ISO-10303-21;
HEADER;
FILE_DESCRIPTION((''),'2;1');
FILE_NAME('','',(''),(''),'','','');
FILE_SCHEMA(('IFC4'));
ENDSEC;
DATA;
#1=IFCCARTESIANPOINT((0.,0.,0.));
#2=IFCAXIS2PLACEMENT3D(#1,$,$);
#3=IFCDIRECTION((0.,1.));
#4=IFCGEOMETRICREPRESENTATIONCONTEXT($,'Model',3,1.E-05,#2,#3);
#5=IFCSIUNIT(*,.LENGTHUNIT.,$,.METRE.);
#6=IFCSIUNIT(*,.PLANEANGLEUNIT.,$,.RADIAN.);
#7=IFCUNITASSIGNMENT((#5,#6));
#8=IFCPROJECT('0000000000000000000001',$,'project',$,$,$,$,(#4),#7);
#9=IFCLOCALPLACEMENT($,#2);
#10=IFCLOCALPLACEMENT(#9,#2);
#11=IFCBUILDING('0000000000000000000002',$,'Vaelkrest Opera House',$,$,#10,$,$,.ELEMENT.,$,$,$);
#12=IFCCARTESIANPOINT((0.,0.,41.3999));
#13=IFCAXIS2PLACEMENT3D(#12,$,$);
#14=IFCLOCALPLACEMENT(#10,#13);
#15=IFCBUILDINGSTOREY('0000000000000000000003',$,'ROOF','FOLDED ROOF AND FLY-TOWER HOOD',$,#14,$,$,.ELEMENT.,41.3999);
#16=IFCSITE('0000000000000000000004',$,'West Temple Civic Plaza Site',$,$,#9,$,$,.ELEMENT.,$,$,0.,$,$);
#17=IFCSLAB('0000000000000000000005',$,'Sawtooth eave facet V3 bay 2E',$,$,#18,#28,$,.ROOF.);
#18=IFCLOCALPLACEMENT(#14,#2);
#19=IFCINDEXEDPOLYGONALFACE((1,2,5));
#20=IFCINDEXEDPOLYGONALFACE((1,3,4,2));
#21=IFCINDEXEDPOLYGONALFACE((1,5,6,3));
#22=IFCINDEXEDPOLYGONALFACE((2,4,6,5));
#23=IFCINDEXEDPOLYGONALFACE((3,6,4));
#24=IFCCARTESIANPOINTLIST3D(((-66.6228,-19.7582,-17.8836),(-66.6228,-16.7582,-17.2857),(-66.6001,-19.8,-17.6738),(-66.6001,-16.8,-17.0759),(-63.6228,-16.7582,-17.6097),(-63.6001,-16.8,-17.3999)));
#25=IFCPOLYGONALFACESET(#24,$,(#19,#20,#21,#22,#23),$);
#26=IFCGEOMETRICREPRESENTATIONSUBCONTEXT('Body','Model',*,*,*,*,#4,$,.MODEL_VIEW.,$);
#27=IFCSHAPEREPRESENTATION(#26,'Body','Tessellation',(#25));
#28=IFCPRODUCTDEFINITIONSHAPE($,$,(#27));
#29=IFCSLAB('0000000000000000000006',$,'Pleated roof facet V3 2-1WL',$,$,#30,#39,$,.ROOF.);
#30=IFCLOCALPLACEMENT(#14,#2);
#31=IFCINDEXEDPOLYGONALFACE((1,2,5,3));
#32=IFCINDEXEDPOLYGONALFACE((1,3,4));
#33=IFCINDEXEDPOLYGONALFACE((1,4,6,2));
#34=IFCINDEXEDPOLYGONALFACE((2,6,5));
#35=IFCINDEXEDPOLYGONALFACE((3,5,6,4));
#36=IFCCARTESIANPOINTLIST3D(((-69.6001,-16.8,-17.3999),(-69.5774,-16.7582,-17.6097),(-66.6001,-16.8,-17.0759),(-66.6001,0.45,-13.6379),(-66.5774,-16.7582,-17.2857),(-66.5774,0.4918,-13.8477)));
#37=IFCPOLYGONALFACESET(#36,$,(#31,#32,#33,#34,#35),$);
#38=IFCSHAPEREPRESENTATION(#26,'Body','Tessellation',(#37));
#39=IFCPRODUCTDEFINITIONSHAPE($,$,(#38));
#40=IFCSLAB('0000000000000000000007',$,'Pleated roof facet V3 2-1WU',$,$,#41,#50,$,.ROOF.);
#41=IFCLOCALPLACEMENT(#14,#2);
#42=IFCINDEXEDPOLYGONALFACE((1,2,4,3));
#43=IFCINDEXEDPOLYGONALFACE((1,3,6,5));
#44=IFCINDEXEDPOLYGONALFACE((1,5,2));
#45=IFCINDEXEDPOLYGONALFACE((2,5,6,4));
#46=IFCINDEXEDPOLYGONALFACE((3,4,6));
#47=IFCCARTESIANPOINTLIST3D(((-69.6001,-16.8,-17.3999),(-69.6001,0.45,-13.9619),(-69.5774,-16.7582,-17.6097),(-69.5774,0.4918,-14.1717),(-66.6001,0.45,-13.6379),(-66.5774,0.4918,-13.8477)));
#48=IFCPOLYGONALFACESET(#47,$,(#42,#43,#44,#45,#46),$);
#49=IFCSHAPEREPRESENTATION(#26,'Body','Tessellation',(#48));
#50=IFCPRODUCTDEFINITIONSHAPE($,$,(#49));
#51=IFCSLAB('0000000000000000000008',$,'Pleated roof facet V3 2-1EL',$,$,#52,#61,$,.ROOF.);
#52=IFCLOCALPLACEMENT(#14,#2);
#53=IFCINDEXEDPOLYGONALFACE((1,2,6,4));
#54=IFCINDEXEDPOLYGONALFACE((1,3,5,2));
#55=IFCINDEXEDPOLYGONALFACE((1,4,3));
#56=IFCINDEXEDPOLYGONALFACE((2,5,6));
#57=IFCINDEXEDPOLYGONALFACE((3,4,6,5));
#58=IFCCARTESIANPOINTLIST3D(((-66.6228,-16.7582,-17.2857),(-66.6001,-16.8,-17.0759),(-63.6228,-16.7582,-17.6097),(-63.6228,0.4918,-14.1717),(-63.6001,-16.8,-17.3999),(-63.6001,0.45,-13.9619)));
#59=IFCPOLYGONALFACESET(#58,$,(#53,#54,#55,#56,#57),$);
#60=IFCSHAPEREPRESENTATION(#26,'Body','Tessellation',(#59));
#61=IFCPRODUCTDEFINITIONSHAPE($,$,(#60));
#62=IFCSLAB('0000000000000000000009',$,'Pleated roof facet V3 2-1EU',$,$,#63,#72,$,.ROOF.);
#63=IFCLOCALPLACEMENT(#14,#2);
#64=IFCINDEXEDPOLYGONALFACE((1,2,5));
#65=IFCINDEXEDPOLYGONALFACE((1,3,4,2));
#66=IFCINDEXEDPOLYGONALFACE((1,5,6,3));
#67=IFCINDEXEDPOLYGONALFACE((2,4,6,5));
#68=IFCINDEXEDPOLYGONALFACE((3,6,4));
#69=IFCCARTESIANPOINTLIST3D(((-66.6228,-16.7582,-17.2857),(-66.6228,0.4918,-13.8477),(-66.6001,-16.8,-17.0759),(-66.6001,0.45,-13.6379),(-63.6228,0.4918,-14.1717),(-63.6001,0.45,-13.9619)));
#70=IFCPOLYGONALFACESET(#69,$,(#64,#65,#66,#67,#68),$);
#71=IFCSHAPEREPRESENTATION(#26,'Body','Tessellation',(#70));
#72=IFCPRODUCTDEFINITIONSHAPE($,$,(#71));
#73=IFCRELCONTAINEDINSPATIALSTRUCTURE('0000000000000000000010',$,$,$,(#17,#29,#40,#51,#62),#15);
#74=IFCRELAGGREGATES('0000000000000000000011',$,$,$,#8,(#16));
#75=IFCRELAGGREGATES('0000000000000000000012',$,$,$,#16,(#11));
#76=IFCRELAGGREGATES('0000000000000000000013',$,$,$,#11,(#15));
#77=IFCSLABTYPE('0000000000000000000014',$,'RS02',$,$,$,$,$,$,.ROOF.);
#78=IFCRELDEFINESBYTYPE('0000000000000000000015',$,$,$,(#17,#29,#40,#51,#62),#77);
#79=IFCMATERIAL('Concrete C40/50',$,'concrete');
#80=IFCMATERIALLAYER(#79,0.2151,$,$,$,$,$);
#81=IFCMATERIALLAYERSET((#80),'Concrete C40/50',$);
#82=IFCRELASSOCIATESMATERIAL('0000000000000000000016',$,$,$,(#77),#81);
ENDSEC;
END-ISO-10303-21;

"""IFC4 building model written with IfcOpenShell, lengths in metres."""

from ifc_helpers import new_model, si_unit, direction, frame, origin, place, context, subcontext, project, spatial, polyline, outline, extrude, material, layer, layer_set, type_object, element, save


model = new_model("IFC4")

# Units and contexts
model_context = context("Model", 3, precision=1e-05, world=origin(), true_north=direction((0.0, 1.0)))
body_context = subcontext(model_context, "Body", "Model", "MODEL_VIEW")
ifc_project = project(units=[si_unit("LENGTHUNIT", "METRE"), si_unit("PLANEANGLEUNIT", "RADIAN")], contexts=[model_context])

# Site, building, storey
site_placement = place(None, origin())
site = spatial("IfcSite", under=ifc_project, at=site_placement, Name="West Temple Civic Plaza Site", CompositionType="ELEMENT", RefElevation=0.0)
building_placement = place(site_placement, origin())
building = spatial("IfcBuilding", under=site, at=building_placement, Name="Vaelkrest Opera House", CompositionType="ELEMENT")
storey_placement = place(building_placement, frame((0.0, 0.0, 41.3999)))
storey = spatial("IfcBuildingStorey", under=building, at=storey_placement, Name="ROOF", Description="FOLDED ROOF AND FLY-TOWER HOOD", CompositionType="ELEMENT", Elevation=41.3999)

# Slabs
ifc_material_1 = material(Name="Concrete C40/50", Category="concrete")
ifc_layer_1 = layer(ifc_material_1, 0.2151)
ifc_layer_set_1 = layer_set([ifc_layer_1], Name="Concrete C40/50")
slab_type = type_object("IfcSlabType", Name="RS02", PredefinedType="ROOF", material=ifc_layer_set_1)
slab_1_placement = place(storey_placement, frame((-66.6001, -16.8, -17.0759), z_axis=(0.10532, -0.194369, 0.975258), x_axis=(0.0, -0.980712, -0.195456)))
element("IfcSlab", 1, at=slab_1_placement, inside=storey, type_object=slab_type, Name="Sawtooth eave facet V3 bay 2E", PredefinedType="ROOF", context=body_context, shape_type="SweptSolid", body=[
    extrude(outline(polyline([(0.0, 0.0), (3.059, 0.0), (0.0633, 3.0168), (0.0, 0.0)])), origin(), (0.0, 0.0, -1.0), 0.2151),
])
slab_2_placement = place(storey_placement, frame((-69.6001, -16.8, -17.3999), z_axis=(-0.10532, -0.194372, 0.975257), x_axis=(0.994219, 0.0, 0.107367)))
element("IfcSlab", 2, at=slab_2_placement, inside=storey, type_object=slab_type, Name="Pleated roof facet V3 2-1WL", PredefinedType="ROOF", context=body_context, shape_type="SweptSolid", body=[
    extrude(outline(polyline([(0.0, 0.0), (3.0174, 0.0), (3.3866, 17.5854), (0.0, 0.0)])), origin(), (0.0, 0.0, -1.0), 0.2151),
])
slab_3_placement = place(storey_placement, frame((-69.6001, -16.8, -17.3999), z_axis=(-0.10532, -0.194372, 0.975257), x_axis=(0.167518, 0.963229, 0.210066)))
element("IfcSlab", 3, at=slab_3_placement, inside=storey, type_object=slab_type, Name="Pleated roof facet V3 2-1WU", PredefinedType="ROOF", context=body_context, shape_type="SweptSolid", body=[
    extrude(outline(polyline([(0.0, 0.0), (17.9085, 0.0), (17.3379, 2.963), (0.0, 0.0)])), origin(), (0.0, 0.0, -1.0), 0.2151),
])
slab_4_placement = place(storey_placement, frame((-66.6001, -16.8, -17.0759), z_axis=(0.10532, -0.194372, 0.975257), x_axis=(0.994219, 0.0, -0.107367)))
element("IfcSlab", 4, at=slab_4_placement, inside=storey, type_object=slab_type, Name="Pleated roof facet V3 2-1EL", PredefinedType="ROOF", context=body_context, shape_type="SweptSolid", body=[
    extrude(outline(polyline([(0.0, 0.0), (3.0174, 0.0), (2.6483, 17.5854), (0.0, 0.0)])), origin(), (0.0, 0.0, -1.0), 0.2151),
])
slab_5_placement = place(storey_placement, frame((-66.6001, -16.8, -17.0759), z_axis=(0.10532, -0.194372, 0.975257), x_axis=(0.168694, 0.96999, 0.175105)))
element("IfcSlab", 5, at=slab_5_placement, inside=storey, type_object=slab_type, Name="Pleated roof facet V3 2-1EU", PredefinedType="ROOF", context=body_context, shape_type="SweptSolid", body=[
    extrude(outline(polyline([(0.0, 0.0), (17.7837, 0.0), (17.3343, 2.9838), (0.0, 0.0)])), origin(), (0.0, 0.0, -1.0), 0.2151),
])

save(model, "model.ifc")
